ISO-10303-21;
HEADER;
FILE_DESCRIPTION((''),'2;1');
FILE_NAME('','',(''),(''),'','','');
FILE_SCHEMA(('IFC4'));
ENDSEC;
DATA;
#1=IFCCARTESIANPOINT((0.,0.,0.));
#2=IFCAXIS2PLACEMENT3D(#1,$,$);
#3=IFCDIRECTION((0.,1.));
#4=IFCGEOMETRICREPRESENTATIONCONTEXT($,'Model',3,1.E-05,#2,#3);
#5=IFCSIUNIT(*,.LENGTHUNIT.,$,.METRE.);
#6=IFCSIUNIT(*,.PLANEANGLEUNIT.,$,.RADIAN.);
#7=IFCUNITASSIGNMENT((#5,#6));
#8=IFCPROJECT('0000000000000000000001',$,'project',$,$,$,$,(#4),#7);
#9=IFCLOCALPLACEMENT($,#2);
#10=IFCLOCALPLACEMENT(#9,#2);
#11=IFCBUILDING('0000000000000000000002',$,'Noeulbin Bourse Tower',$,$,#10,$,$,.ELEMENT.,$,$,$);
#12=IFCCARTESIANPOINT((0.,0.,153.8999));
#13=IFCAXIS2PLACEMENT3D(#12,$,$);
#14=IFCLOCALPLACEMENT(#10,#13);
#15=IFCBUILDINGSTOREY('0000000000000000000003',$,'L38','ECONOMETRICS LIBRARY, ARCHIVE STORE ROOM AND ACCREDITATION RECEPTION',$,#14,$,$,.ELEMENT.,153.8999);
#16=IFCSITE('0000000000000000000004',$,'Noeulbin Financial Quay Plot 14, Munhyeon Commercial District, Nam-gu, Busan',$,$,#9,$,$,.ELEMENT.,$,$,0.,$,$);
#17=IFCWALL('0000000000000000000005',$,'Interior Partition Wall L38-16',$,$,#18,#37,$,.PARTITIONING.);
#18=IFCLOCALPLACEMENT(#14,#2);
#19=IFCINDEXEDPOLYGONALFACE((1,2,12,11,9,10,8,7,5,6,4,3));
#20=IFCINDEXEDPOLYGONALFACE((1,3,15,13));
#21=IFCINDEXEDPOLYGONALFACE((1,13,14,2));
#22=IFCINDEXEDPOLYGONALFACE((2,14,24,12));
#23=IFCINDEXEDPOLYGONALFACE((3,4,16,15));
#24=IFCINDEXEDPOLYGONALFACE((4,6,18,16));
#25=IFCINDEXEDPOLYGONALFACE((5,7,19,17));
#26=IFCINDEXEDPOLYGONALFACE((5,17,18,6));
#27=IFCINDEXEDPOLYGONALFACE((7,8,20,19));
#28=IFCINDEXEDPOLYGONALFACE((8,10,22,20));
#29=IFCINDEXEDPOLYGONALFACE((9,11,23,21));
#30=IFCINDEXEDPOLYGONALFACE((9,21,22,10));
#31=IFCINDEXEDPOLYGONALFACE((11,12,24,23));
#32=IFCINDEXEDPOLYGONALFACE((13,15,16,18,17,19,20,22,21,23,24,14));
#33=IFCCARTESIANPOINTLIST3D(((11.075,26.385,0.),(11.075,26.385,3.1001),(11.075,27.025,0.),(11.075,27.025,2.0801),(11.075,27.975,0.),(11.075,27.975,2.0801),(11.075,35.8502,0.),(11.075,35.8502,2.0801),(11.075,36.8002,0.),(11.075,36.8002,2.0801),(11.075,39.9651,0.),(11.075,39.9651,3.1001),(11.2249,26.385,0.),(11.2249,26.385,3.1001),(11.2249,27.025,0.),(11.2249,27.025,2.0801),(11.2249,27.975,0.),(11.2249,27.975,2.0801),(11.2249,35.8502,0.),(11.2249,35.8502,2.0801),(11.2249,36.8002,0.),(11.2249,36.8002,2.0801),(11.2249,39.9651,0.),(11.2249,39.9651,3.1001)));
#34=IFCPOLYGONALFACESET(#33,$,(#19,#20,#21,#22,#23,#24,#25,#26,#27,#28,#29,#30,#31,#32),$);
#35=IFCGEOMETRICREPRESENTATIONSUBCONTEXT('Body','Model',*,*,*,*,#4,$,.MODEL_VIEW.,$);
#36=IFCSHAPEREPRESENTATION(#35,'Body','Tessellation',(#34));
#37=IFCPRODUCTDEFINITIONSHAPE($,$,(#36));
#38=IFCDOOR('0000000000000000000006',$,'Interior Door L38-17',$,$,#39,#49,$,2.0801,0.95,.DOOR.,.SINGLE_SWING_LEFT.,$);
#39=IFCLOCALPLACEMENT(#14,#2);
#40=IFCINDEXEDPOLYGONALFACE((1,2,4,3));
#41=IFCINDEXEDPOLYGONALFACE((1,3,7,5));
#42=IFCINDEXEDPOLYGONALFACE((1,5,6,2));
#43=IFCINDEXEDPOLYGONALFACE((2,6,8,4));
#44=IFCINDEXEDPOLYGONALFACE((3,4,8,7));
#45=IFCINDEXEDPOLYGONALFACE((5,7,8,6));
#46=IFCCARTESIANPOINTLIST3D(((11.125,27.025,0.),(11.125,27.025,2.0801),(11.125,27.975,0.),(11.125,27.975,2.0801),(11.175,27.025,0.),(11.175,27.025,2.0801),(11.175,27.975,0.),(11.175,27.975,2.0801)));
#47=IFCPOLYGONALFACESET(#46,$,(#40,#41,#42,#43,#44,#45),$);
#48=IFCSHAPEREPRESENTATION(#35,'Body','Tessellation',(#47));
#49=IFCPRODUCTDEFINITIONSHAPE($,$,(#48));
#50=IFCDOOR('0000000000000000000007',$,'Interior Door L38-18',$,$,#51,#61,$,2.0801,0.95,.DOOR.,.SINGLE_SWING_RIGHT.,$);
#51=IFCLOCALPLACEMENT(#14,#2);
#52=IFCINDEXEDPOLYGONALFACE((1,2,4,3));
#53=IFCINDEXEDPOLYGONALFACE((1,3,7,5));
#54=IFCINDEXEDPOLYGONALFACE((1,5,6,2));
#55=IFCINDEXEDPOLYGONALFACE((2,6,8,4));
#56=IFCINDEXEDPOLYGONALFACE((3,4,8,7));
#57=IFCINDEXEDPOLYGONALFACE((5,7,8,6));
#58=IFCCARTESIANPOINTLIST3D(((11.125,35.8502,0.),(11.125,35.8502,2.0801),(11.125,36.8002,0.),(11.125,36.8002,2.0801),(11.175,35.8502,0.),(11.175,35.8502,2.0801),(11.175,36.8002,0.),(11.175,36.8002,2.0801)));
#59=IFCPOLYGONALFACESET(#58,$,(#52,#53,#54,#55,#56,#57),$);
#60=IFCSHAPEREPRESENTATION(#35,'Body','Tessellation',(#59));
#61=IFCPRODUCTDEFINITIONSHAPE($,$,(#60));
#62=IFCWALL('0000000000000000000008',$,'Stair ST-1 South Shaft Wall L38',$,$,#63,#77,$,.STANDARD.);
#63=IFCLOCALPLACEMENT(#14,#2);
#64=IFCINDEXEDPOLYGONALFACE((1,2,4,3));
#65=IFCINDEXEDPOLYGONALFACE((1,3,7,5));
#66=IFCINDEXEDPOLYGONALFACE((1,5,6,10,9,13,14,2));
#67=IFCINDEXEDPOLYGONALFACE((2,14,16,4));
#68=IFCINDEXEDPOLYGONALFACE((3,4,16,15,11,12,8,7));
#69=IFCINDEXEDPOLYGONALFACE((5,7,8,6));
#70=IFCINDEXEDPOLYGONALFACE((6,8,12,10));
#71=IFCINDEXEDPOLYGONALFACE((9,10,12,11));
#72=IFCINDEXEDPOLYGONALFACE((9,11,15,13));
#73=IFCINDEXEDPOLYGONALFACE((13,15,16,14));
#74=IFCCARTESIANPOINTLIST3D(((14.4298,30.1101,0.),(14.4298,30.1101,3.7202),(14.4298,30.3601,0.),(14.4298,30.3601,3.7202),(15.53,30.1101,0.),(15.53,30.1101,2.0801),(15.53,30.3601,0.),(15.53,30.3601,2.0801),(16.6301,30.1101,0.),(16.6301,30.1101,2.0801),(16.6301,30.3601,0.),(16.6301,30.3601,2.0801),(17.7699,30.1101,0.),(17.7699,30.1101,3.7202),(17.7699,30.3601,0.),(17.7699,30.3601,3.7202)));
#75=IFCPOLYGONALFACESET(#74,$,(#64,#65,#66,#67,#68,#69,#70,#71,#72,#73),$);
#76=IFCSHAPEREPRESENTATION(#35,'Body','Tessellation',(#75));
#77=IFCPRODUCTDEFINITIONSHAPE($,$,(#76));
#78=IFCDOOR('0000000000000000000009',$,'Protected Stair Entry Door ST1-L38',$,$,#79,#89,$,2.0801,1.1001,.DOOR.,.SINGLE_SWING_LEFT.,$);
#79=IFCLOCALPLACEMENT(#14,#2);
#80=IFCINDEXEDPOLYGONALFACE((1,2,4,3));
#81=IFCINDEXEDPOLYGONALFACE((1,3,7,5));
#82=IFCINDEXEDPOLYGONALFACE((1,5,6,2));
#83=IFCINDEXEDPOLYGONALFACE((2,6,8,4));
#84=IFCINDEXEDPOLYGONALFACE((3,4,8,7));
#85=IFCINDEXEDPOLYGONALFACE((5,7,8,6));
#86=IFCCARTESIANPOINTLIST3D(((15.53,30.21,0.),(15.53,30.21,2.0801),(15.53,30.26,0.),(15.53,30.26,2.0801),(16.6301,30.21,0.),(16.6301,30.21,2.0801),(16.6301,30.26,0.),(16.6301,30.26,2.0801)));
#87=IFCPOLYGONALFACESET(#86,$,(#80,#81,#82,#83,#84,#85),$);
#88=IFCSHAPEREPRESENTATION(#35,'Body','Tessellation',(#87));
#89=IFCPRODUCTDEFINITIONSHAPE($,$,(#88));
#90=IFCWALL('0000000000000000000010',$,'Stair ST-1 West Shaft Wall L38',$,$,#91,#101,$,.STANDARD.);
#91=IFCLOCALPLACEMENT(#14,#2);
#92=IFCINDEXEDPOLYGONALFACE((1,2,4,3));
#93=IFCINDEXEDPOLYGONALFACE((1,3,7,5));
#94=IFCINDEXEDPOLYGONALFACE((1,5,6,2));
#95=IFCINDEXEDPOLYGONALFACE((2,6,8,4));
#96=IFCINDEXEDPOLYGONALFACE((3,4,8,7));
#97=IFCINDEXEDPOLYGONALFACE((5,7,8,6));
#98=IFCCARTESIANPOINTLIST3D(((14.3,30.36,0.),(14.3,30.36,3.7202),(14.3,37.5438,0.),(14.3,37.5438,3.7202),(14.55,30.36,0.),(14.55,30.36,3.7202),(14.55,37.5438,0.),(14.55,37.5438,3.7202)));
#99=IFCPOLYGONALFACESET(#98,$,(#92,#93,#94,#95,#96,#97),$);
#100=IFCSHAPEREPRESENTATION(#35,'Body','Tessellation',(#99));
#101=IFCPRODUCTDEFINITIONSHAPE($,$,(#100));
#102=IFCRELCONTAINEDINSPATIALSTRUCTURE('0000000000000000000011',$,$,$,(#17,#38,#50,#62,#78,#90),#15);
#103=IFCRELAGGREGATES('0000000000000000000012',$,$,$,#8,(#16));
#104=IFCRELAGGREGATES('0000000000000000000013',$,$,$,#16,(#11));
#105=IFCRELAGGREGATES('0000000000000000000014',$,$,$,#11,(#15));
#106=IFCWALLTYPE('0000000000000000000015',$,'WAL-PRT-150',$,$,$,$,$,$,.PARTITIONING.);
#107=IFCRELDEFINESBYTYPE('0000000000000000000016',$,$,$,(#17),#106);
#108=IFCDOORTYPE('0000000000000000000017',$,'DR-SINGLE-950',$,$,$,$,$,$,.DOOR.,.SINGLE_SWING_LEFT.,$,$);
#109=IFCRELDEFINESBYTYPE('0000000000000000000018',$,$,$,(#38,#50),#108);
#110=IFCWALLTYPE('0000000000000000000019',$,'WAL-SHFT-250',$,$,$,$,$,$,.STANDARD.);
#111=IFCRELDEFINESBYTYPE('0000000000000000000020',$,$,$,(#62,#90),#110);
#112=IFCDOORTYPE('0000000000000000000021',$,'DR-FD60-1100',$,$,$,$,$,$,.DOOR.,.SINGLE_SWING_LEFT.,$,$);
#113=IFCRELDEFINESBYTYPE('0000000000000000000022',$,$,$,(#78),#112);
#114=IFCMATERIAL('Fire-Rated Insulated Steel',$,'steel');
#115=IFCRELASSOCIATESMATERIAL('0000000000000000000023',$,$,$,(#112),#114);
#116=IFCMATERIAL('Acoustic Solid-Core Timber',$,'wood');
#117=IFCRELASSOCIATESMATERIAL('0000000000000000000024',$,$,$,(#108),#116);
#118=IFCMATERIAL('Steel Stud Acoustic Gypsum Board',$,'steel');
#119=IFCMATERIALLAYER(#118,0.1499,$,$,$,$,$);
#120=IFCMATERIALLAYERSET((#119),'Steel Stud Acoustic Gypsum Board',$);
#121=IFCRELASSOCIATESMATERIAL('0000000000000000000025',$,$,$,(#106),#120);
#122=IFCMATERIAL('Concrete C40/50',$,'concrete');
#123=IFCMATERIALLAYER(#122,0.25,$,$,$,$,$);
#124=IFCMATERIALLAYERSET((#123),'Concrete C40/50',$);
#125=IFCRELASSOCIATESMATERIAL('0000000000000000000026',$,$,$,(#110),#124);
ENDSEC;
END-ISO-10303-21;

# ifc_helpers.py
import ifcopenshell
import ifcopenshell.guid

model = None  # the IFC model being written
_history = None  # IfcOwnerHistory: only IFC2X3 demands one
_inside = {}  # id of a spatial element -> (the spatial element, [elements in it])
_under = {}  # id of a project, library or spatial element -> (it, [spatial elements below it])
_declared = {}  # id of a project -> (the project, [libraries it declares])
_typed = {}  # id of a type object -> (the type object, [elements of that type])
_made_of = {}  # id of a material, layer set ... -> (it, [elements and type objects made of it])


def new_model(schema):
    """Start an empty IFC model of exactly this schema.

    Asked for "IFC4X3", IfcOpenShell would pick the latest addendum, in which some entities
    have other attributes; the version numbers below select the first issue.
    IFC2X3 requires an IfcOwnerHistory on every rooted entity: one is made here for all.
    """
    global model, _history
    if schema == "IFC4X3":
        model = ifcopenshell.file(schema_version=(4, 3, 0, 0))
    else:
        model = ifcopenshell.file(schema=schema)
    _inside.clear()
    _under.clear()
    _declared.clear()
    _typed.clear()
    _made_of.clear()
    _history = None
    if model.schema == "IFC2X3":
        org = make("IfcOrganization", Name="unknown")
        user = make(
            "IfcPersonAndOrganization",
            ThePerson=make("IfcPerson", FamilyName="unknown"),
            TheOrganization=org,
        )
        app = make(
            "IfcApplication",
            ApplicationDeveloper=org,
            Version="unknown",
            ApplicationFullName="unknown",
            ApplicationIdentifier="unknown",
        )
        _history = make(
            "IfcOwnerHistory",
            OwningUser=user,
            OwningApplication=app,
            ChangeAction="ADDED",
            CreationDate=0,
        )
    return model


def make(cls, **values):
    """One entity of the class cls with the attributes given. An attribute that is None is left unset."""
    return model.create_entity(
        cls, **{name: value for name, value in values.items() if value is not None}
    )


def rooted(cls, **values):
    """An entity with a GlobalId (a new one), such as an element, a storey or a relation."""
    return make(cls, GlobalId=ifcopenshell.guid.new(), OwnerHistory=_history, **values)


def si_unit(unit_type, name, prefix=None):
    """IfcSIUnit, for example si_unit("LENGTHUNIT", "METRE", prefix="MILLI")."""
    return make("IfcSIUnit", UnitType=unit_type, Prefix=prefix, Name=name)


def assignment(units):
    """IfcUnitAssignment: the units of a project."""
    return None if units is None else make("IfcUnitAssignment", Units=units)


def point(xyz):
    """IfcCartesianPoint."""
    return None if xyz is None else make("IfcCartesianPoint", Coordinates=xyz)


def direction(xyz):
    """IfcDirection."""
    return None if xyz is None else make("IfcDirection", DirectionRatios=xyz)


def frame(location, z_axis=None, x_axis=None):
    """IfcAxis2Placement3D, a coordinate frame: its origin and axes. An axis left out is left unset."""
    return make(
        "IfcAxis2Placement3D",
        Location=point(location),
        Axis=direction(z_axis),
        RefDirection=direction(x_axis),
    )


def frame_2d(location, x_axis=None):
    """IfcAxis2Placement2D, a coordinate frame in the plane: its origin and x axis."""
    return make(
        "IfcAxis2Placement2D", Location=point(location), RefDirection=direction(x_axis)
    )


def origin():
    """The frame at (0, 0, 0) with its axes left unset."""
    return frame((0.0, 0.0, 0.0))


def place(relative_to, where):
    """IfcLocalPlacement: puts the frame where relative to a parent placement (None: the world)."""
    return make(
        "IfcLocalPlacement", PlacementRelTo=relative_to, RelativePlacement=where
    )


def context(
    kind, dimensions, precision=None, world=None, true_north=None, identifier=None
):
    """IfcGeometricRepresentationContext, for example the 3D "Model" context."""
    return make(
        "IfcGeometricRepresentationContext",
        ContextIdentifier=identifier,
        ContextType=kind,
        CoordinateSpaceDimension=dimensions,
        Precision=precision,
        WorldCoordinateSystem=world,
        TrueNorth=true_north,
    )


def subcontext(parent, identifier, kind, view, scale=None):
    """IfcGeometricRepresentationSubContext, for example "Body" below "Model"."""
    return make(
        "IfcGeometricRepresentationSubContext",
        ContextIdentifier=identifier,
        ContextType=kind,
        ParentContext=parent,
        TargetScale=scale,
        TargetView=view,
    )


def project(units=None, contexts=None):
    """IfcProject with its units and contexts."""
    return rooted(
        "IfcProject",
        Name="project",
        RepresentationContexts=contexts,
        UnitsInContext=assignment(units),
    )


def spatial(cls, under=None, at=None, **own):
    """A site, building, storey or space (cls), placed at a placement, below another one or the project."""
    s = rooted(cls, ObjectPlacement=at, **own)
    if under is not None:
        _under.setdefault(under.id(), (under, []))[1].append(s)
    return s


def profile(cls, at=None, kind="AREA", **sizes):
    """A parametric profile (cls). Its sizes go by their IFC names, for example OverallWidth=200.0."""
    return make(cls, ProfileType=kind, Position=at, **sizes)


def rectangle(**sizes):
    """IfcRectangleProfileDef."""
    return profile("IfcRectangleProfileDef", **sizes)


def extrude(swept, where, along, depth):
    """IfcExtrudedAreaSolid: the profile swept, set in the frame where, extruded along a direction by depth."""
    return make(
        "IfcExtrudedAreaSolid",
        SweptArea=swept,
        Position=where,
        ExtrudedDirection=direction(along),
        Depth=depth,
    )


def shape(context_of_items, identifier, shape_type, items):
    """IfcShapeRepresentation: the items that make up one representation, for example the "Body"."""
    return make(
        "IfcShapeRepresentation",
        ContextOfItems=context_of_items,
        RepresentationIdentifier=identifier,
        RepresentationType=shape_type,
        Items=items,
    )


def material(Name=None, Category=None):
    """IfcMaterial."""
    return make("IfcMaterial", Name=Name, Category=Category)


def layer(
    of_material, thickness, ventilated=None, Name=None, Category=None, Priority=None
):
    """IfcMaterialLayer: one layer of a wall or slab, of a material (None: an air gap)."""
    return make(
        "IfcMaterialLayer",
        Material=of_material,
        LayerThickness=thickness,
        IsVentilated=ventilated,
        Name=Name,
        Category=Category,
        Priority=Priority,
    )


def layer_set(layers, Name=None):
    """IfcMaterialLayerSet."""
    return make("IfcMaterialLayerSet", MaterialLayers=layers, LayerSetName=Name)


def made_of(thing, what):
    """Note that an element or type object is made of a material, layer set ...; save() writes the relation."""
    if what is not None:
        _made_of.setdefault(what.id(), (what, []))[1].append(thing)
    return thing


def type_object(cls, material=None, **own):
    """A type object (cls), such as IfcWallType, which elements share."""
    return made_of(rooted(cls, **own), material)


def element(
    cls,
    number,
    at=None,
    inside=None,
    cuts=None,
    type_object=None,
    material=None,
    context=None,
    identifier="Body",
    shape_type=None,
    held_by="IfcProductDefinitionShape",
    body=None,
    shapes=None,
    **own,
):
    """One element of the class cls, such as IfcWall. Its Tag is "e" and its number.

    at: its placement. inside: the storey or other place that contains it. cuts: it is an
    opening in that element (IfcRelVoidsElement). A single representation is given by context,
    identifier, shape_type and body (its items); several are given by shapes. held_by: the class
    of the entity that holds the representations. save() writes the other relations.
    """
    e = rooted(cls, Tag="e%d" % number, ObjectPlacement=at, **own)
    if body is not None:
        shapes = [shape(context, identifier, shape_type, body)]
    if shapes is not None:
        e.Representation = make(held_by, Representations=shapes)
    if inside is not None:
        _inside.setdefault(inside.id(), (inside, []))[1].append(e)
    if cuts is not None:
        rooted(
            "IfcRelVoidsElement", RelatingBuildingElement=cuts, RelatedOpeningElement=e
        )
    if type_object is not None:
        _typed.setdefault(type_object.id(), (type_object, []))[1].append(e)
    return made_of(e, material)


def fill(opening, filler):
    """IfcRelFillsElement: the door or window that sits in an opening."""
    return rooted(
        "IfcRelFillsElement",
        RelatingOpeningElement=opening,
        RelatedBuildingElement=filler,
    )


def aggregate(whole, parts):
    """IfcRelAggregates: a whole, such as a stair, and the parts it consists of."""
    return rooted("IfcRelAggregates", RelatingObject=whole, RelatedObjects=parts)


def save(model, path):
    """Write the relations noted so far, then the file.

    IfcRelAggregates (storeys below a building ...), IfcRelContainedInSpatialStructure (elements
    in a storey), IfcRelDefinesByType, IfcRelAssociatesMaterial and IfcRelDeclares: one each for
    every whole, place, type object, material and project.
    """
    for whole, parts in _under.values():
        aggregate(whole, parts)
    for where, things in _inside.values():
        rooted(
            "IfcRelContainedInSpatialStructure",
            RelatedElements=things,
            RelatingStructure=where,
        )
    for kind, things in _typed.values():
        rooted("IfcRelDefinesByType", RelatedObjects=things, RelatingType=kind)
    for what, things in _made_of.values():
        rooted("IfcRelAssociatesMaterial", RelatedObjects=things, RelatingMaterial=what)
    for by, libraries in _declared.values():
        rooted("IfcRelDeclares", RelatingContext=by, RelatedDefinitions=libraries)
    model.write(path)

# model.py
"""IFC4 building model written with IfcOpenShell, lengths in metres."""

from ifc_helpers import new_model, si_unit, direction, frame, frame_2d, origin, place, context, subcontext, project, spatial, rectangle, extrude, material, layer, layer_set, type_object, element, fill, save


model = new_model("IFC4")

# Units and contexts
model_context = context("Model", 3, precision=1e-05, world=origin(), true_north=direction((0.0, 1.0)))
body_context = subcontext(model_context, "Body", "Model", "MODEL_VIEW")
ifc_project = project(units=[si_unit("LENGTHUNIT", "METRE"), si_unit("PLANEANGLEUNIT", "RADIAN")], contexts=[model_context])

# Site, building, storey
site_placement = place(None, origin())
site = spatial("IfcSite", under=ifc_project, at=site_placement, Name="Noeulbin Financial Quay Plot 14, Munhyeon Commercial District, Nam-gu, Busan", CompositionType="ELEMENT", RefElevation=0.0)
building_placement = place(site_placement, origin())
building = spatial("IfcBuilding", under=site, at=building_placement, Name="Noeulbin Bourse Tower", CompositionType="ELEMENT")
storey_placement = place(building_placement, frame((0.0, 0.0, 153.8999)))
storey = spatial("IfcBuildingStorey", under=building, at=storey_placement, Name="L38", Description="ECONOMETRICS LIBRARY, ARCHIVE STORE ROOM AND ACCREDITATION RECEPTION", CompositionType="ELEMENT", Elevation=153.8999)

# Shared definitions
ifc_material_1 = material(Name="Fire-Rated Insulated Steel", Category="steel")
door_type_1 = type_object("IfcDoorType", Name="DR-FD60-1100", OperationType="SINGLE_SWING_LEFT", PredefinedType="DOOR", material=ifc_material_1)
ifc_material_2 = material(Name="Acoustic Solid-Core Timber", Category="wood")
door_type_2 = type_object("IfcDoorType", Name="DR-SINGLE-950", OperationType="SINGLE_SWING_LEFT", PredefinedType="DOOR", material=ifc_material_2)

# Wall, openings, doors
ifc_material_3 = material(Name="Steel Stud Acoustic Gypsum Board", Category="steel")
ifc_layer_1 = layer(ifc_material_3, 0.1499)
ifc_layer_set_1 = layer_set([ifc_layer_1], Name="Steel Stud Acoustic Gypsum Board")
wall_type_1 = type_object("IfcWallType", Name="WAL-PRT-150", PredefinedType="PARTITIONING", material=ifc_layer_set_1)
wall_1_placement = place(storey_placement, frame((11.1499, 26.385, 0.0), z_axis=(0.0, 0.0, 1.0), x_axis=(0.0, 1.0, 0.0)))
wall_1 = element("IfcWall", 1, at=wall_1_placement, inside=storey, type_object=wall_type_1, Name="Interior Partition Wall L38-16", PredefinedType="PARTITIONING", context=body_context, shape_type="SweptSolid", body=[
    extrude(rectangle(XDim=13.5801, YDim=0.1499, at=frame_2d((6.79, 0.0))), origin(), (0.0, 0.0, 1.0), 3.1001),
])
opening_1_placement = place(wall_1_placement, frame((0.6399, 0.0, 0.0)))
opening_1 = element("IfcOpeningElement", 2, at=opening_1_placement, cuts=wall_1, PredefinedType="OPENING", context=body_context, shape_type="SweptSolid", body=[
    extrude(rectangle(XDim=0.95, YDim=2.0801, at=frame_2d((0.4751, 1.04))), frame((0.0, 0.085, 0.0), z_axis=(0.0, -1.0, 0.0), x_axis=(1.0, 0.0, 0.0)), (0.0, 0.0, 1.0), 0.1699),
])
opening_2_placement = place(wall_1_placement, frame((9.4651, 0.0, 0.0)))
opening_2 = element("IfcOpeningElement", 3, at=opening_2_placement, cuts=wall_1, PredefinedType="OPENING", context=body_context, shape_type="SweptSolid", body=[
    extrude(rectangle(XDim=0.95, YDim=2.0801, at=frame_2d((0.4751, 1.04))), frame((0.0, 0.085, 0.0), z_axis=(0.0, -1.0, 0.0), x_axis=(1.0, 0.0, 0.0)), (0.0, 0.0, 1.0), 0.1699),
])
door_1_placement = place(opening_1_placement, origin())
door_1 = element("IfcDoor", 4, at=door_1_placement, inside=storey, type_object=door_type_2, Name="Interior Door L38-17", OperationType="SINGLE_SWING_LEFT", OverallHeight=2.0801, OverallWidth=0.95, PredefinedType="DOOR", context=body_context, shape_type="SweptSolid", body=[
    extrude(rectangle(XDim=0.95, YDim=2.0801, at=frame_2d((0.4751, 1.04))), frame((0.0, 0.0249, 0.0), z_axis=(0.0, -1.0, 0.0), x_axis=(1.0, 0.0, 0.0)), (0.0, 0.0, 1.0), 0.05),
])
fill(opening_1, door_1)
door_2_placement = place(opening_2_placement, origin())
door_2 = element("IfcDoor", 5, at=door_2_placement, inside=storey, type_object=door_type_2, Name="Interior Door L38-18", OperationType="SINGLE_SWING_RIGHT", OverallHeight=2.0801, OverallWidth=0.95, PredefinedType="DOOR", context=body_context, shape_type="SweptSolid", body=[
    extrude(rectangle(XDim=0.95, YDim=2.0801, at=frame_2d((0.4751, 1.04))), frame((0.0, 0.0249, 0.0), z_axis=(0.0, -1.0, 0.0), x_axis=(1.0, 0.0, 0.0)), (0.0, 0.0, 1.0), 0.05),
])
fill(opening_2, door_2)

# Wall, opening, door
ifc_material_4 = material(Name="Concrete C40/50", Category="concrete")
ifc_layer_2 = layer(ifc_material_4, 0.25)
ifc_layer_set_2 = layer_set([ifc_layer_2], Name="Concrete C40/50")
wall_type_2 = type_object("IfcWallType", Name="WAL-SHFT-250", PredefinedType="STANDARD", material=ifc_layer_set_2)
wall_2_placement = place(storey_placement, frame((14.4299, 30.2351, 0.0), z_axis=(0.0, 0.0, 1.0), x_axis=(1.0, 0.0, 0.0)))
wall_2 = element("IfcWall", 6, at=wall_2_placement, inside=storey, type_object=wall_type_2, Name="Stair ST-1 South Shaft Wall L38", PredefinedType="STANDARD", context=body_context, shape_type="SweptSolid", body=[
    extrude(rectangle(XDim=3.3401, YDim=0.25, at=frame_2d((1.6699, 0.0))), origin(), (0.0, 0.0, 1.0), 3.7202),
])
opening_3_placement = place(wall_2_placement, frame((1.1001, 0.0, 0.0)))
opening_3 = element("IfcOpeningElement", 7, at=opening_3_placement, cuts=wall_2, PredefinedType="OPENING", context=body_context, shape_type="SweptSolid", body=[
    extrude(rectangle(XDim=1.1001, YDim=2.0801, at=frame_2d((0.55, 1.04))), frame((0.0, 0.135, 0.0), z_axis=(0.0, -1.0, 0.0), x_axis=(1.0, 0.0, 0.0)), (0.0, 0.0, 1.0), 0.27),
])
door_3_placement = place(opening_3_placement, origin())
door_3 = element("IfcDoor", 8, at=door_3_placement, inside=storey, type_object=door_type_1, Name="Protected Stair Entry Door ST1-L38", OperationType="SINGLE_SWING_LEFT", OverallHeight=2.0801, OverallWidth=1.1001, PredefinedType="DOOR", context=body_context, shape_type="SweptSolid", body=[
    extrude(rectangle(XDim=1.1001, YDim=2.0801, at=frame_2d((0.55, 1.04))), frame((0.0, 0.0249, 0.0), z_axis=(0.0, -1.0, 0.0), x_axis=(1.0, 0.0, 0.0)), (0.0, 0.0, 1.0), 0.05),
])
fill(opening_3, door_3)

# Wall
wall_3_placement = place(storey_placement, frame((14.425, 30.3601, 0.0), z_axis=(0.0, 0.0, 1.0), x_axis=(0.0, 1.0, 0.0)))
element("IfcWall", 9, at=wall_3_placement, inside=storey, type_object=wall_type_2, Name="Stair ST-1 West Shaft Wall L38", PredefinedType="STANDARD", context=body_context, shape_type="SweptSolid", body=[
    extrude(rectangle(XDim=7.1838, YDim=0.25, at=frame_2d((3.5918, 0.0))), origin(), (0.0, 0.0, 1.0), 3.7202),
])

save(model, "model.ifc")
